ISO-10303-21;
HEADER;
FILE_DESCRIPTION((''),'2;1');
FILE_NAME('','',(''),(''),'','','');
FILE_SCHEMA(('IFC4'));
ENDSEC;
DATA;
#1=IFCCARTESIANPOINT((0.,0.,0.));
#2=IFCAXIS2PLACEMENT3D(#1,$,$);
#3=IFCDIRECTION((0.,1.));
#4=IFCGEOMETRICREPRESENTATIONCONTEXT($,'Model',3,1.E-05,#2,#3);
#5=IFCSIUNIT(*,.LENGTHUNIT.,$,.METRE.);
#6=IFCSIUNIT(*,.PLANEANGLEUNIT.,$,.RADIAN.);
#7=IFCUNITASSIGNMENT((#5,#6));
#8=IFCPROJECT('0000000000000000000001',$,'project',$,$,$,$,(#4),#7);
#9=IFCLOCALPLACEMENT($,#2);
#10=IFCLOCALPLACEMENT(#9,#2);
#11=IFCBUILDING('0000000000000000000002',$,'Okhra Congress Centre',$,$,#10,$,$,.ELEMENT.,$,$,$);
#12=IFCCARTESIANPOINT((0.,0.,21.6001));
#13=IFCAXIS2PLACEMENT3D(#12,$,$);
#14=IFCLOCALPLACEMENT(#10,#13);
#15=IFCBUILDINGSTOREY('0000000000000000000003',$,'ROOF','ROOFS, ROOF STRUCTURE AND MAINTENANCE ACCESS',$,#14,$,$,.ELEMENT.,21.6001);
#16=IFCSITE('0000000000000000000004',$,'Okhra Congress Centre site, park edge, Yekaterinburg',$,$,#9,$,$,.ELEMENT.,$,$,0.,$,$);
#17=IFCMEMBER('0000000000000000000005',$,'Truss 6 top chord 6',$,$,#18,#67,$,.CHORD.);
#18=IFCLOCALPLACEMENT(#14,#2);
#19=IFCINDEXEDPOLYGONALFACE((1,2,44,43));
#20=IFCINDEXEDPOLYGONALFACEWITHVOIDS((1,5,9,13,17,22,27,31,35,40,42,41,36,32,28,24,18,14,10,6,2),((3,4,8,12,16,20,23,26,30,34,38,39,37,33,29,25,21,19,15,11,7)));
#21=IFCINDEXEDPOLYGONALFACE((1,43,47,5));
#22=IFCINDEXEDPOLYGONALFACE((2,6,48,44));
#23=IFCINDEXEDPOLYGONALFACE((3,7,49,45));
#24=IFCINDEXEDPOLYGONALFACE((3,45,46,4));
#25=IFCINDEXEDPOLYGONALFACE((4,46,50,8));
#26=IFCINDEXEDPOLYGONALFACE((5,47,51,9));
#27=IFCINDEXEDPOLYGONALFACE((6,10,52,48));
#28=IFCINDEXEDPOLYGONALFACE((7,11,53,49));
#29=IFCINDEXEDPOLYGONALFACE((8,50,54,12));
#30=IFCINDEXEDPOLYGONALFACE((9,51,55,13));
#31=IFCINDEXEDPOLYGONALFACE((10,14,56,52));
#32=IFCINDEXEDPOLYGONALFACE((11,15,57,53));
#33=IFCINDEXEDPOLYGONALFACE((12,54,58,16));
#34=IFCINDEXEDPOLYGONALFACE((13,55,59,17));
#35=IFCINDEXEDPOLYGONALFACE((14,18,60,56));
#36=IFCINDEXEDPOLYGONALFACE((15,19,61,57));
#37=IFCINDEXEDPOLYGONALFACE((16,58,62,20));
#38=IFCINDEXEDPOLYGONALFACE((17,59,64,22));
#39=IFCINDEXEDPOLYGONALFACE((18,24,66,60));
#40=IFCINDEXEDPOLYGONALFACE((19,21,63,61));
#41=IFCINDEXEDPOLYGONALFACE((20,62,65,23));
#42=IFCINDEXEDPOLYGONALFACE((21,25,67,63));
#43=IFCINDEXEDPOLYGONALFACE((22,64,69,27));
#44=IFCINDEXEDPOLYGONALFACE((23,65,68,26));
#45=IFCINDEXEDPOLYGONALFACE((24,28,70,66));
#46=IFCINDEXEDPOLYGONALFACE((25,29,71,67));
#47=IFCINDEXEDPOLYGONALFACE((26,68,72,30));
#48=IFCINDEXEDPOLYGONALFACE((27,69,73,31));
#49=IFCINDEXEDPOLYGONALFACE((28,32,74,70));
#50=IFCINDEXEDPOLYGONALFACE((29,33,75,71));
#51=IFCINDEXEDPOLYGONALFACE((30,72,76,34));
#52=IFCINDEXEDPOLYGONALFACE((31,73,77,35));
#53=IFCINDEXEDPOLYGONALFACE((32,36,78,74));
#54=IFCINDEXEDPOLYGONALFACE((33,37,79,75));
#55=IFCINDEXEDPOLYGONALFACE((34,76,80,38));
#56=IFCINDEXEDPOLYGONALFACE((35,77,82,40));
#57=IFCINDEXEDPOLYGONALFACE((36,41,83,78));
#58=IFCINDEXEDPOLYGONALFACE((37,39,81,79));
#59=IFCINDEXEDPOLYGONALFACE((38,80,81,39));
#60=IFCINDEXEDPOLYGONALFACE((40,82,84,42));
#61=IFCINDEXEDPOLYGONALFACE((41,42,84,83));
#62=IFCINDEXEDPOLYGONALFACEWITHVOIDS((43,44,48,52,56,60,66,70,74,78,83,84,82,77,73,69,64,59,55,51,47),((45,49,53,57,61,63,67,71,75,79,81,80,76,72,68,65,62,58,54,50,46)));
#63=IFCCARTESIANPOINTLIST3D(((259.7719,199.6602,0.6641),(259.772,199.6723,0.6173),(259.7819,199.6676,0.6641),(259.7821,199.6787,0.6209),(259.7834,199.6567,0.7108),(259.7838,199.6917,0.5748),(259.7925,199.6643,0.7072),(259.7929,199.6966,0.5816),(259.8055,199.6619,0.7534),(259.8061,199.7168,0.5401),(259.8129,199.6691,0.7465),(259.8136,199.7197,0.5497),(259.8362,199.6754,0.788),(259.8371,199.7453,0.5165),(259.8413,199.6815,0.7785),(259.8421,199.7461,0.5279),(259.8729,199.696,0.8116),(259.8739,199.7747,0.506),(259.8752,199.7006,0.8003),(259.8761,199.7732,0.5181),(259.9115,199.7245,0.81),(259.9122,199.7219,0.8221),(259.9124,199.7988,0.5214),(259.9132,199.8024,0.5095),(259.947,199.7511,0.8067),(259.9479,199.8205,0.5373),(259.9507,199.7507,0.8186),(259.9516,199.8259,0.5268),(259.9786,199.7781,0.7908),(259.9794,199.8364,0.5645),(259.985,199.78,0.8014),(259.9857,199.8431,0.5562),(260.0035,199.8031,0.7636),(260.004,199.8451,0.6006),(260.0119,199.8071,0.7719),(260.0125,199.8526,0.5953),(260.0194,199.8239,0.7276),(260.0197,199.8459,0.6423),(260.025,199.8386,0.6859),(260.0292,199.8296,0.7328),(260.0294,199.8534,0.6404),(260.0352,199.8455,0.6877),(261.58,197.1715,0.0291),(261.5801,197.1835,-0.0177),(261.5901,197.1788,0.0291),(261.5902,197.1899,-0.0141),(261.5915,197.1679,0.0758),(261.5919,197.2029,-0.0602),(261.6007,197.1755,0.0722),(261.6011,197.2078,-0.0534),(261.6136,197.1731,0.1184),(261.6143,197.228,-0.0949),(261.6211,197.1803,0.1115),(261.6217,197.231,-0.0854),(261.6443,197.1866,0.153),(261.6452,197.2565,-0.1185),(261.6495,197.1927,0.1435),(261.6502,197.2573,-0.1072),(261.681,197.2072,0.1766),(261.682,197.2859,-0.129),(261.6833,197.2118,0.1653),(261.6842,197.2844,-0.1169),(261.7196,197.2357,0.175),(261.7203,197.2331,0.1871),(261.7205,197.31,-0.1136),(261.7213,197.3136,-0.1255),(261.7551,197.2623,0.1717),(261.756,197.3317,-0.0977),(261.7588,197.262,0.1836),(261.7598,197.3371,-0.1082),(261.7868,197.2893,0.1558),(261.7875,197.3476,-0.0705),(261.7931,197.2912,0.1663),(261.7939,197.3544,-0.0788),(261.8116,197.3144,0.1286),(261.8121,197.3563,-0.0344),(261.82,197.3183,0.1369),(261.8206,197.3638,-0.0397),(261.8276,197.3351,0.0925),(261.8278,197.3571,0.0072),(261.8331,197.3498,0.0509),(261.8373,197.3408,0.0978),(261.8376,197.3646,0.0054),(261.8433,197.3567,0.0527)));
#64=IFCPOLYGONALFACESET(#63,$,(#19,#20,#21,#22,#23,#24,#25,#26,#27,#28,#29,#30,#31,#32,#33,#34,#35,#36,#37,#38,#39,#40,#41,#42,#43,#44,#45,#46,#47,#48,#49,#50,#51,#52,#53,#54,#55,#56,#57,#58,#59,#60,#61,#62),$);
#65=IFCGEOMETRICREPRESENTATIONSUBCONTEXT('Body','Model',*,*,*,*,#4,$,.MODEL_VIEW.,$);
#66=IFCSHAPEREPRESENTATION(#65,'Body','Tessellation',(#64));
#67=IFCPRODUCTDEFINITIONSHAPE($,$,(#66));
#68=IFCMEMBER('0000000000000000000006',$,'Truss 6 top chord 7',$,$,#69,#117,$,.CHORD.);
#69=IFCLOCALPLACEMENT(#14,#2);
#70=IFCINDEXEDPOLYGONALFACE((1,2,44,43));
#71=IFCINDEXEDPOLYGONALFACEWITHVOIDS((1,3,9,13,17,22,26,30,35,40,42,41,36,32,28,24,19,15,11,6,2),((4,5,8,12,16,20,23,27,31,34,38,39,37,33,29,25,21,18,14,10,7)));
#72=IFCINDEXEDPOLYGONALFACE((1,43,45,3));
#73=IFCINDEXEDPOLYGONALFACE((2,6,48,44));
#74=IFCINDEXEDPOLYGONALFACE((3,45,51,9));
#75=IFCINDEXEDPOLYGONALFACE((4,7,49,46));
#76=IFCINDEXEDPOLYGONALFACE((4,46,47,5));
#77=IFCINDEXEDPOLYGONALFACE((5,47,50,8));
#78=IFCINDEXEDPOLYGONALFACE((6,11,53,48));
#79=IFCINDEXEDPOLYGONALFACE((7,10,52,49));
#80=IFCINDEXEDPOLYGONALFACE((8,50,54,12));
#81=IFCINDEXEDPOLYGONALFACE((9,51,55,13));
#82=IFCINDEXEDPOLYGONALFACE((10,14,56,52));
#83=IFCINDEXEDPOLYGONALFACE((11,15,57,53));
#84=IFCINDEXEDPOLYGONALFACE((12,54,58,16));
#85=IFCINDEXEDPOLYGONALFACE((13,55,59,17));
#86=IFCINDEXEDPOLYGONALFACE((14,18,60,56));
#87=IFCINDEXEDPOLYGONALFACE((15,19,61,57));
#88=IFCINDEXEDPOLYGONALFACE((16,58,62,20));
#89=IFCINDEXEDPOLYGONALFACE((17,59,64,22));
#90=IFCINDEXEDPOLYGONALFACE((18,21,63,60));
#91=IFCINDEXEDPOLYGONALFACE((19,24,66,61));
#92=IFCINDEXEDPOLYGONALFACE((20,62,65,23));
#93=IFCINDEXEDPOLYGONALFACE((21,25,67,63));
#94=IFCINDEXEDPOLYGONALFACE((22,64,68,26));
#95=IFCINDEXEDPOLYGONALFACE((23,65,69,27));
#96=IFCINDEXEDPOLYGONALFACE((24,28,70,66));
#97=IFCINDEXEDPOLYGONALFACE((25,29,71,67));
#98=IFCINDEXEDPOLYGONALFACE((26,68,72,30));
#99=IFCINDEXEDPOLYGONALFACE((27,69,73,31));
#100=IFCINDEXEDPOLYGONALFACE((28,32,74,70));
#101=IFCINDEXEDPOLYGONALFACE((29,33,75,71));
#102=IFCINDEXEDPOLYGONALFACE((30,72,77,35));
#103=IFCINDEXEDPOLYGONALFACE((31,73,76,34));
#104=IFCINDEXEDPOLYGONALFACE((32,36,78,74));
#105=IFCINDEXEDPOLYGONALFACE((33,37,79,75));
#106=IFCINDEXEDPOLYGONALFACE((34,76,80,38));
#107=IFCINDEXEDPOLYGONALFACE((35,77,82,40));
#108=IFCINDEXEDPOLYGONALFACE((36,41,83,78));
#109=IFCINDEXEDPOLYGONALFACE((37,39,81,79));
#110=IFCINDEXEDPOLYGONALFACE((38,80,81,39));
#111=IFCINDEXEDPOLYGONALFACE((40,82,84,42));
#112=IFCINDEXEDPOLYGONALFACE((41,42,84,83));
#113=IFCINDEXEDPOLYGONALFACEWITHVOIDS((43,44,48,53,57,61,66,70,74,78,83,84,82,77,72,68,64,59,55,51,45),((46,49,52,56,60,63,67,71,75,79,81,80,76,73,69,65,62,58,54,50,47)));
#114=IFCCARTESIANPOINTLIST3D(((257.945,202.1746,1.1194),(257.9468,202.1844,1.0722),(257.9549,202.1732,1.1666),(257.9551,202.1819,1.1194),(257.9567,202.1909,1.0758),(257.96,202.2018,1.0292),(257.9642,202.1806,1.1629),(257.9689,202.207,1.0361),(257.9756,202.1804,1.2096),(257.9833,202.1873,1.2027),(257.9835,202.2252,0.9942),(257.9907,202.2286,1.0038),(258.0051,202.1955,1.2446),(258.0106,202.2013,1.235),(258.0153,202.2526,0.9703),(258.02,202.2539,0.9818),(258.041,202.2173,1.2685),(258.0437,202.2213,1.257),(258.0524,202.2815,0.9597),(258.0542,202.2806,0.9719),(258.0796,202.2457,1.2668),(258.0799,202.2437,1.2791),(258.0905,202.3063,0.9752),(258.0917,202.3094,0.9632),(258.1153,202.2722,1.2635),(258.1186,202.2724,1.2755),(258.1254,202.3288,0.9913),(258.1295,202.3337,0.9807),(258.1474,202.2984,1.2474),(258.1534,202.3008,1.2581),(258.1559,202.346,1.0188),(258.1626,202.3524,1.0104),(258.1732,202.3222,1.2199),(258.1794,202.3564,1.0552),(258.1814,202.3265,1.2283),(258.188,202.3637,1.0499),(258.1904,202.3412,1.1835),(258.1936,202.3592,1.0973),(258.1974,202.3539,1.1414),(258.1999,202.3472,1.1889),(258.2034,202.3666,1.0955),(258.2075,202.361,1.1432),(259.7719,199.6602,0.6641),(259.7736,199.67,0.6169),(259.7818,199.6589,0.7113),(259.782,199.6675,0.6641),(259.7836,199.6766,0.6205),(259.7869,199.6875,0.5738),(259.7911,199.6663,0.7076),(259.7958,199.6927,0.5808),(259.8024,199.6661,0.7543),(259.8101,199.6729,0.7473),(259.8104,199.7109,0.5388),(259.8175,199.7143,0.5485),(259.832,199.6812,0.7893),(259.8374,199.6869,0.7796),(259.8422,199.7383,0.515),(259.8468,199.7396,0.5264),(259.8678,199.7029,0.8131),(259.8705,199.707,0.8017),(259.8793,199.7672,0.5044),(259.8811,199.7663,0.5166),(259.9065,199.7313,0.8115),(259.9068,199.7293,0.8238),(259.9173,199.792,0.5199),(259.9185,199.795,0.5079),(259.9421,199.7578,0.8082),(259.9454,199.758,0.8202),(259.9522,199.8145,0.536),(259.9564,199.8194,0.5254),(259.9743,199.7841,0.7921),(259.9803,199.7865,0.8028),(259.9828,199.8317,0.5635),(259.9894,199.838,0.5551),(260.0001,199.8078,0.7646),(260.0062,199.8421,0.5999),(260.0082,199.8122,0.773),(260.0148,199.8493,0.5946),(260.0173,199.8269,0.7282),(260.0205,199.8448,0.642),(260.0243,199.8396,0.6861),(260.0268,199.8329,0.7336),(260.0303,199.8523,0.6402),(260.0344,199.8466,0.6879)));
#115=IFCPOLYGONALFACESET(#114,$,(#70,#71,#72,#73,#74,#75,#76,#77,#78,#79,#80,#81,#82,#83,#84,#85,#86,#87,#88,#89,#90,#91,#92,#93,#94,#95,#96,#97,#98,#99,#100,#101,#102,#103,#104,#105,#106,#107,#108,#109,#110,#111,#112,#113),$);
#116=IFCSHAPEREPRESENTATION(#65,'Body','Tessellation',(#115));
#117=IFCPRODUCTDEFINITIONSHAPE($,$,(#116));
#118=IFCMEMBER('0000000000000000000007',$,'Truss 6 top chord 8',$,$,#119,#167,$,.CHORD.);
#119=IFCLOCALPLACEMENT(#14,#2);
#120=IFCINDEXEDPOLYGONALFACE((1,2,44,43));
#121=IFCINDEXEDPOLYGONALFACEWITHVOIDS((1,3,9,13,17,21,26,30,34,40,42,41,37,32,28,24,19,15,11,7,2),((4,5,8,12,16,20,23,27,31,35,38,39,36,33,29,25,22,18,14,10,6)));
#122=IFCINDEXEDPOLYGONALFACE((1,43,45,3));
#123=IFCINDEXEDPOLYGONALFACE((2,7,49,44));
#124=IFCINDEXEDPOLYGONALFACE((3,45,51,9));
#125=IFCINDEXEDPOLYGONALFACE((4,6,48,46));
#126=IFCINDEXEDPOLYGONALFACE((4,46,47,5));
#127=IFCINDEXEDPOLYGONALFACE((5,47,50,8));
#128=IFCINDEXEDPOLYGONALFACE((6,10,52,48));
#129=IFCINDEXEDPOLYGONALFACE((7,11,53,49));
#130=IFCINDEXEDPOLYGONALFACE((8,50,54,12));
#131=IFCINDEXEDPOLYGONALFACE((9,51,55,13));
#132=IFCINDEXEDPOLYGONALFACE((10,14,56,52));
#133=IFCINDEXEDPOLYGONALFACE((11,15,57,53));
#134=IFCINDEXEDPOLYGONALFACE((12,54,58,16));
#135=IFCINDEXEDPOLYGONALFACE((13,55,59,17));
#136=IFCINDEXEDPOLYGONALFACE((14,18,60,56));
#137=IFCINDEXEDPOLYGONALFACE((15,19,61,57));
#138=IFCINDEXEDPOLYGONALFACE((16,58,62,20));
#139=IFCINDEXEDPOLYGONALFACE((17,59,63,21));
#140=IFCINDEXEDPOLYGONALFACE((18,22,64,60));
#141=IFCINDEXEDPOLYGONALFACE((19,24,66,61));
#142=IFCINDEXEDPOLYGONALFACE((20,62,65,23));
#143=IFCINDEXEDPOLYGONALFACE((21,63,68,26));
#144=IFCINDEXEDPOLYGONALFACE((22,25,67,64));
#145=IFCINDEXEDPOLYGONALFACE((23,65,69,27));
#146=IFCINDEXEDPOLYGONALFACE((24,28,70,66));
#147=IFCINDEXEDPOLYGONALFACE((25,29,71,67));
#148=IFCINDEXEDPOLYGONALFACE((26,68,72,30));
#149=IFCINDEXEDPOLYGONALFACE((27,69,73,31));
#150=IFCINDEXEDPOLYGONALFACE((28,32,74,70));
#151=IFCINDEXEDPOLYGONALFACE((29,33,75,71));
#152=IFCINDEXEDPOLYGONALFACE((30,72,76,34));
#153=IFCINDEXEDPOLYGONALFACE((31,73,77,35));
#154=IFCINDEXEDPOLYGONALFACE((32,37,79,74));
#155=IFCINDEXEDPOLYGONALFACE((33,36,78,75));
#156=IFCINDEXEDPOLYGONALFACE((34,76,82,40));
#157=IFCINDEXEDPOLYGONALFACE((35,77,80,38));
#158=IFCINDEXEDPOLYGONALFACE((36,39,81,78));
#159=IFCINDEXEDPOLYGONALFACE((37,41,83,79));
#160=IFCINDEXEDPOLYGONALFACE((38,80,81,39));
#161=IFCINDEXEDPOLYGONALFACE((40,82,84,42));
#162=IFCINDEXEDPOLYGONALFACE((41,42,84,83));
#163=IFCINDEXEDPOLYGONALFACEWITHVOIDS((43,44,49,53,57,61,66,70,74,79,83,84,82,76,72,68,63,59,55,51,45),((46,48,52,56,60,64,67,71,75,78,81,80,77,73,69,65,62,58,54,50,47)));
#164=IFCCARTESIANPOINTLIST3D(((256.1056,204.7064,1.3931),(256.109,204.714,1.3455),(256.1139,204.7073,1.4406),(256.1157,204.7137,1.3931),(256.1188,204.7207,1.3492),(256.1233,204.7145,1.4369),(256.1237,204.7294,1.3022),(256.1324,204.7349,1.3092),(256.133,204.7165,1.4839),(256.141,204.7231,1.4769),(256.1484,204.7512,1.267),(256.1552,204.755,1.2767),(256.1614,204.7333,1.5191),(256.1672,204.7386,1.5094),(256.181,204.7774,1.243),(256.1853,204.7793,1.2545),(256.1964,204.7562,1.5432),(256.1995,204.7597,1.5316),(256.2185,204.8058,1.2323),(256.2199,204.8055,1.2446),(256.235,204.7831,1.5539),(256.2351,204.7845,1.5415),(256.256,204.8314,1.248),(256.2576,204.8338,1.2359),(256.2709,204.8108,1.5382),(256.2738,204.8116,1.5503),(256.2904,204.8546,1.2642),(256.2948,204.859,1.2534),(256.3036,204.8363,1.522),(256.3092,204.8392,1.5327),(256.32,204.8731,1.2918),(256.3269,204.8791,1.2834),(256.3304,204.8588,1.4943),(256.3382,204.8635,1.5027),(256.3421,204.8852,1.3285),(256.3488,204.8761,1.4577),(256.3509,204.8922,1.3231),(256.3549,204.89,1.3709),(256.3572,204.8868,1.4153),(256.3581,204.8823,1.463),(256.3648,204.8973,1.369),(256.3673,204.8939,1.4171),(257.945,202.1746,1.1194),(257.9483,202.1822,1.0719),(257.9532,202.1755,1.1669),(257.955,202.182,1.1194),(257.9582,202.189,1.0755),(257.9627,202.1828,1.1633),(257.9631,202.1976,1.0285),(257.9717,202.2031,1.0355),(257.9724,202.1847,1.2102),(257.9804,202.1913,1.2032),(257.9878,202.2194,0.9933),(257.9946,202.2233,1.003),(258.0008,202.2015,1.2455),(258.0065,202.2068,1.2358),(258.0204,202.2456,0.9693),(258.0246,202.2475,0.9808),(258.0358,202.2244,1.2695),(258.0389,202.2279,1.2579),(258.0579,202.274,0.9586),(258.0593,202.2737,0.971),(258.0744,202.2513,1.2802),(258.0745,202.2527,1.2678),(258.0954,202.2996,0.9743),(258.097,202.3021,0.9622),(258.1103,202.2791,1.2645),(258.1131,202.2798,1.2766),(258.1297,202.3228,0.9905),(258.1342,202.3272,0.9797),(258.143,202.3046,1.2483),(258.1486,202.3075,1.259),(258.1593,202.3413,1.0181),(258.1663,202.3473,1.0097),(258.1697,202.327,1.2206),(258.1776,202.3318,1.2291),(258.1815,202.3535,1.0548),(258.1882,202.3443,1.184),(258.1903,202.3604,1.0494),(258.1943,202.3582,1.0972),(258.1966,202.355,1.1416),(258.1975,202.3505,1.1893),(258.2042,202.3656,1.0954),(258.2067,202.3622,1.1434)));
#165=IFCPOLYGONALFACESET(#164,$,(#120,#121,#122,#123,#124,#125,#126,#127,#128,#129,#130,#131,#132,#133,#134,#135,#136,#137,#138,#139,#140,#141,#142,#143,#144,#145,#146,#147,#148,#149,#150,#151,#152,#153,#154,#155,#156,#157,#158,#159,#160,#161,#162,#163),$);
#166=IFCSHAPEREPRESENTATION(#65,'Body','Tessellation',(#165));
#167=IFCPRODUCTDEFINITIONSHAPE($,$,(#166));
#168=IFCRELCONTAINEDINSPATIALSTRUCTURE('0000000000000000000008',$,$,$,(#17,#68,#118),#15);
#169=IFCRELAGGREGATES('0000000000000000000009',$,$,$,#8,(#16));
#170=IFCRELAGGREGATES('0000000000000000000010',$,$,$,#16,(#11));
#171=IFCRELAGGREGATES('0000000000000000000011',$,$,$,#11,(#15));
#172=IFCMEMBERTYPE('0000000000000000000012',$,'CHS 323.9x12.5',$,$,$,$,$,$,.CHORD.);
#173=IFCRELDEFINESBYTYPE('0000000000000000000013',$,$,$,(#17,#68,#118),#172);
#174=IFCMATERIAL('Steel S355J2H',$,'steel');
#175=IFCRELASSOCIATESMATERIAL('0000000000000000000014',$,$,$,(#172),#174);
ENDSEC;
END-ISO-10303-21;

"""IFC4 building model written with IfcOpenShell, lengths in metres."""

from ifc_helpers import new_model, si_unit, direction, frame, origin, origin_2d, place, context, subcontext, project, spatial, hollow_circle, extrude, material, material_profile, profile_set, type_object, element, save


model = new_model("IFC4")

# Units and contexts
model_context = context("Model", 3, precision=1e-05, world=origin(), true_north=direction((0.0, 1.0)))
body_context = subcontext(model_context, "Body", "Model", "MODEL_VIEW")
ifc_project = project(units=[si_unit("LENGTHUNIT", "METRE"), si_unit("PLANEANGLEUNIT", "RADIAN")], contexts=[model_context])

# Site, building, storey
site_placement = place(None, origin())
site = spatial("IfcSite", under=ifc_project, at=site_placement, Name="Okhra Congress Centre site, park edge, Yekaterinburg", CompositionType="ELEMENT", RefElevation=0.0)
building_placement = place(site_placement, origin())
building = spatial("IfcBuilding", under=site, at=building_placement, Name="Okhra Congress Centre", CompositionType="ELEMENT")
storey_placement = place(building_placement, frame((0.0, 0.0, 21.6001)))
storey = spatial("IfcBuildingStorey", under=building, at=storey_placement, Name="ROOF", Description="ROOFS, ROOF STRUCTURE AND MAINTENANCE ACCESS", CompositionType="ELEMENT", Elevation=21.6001)

# Members
ifc_material_1 = material(Name="Steel S355J2H", Category="steel")
ifc_material_profile_1 = material_profile(ifc_material_1, hollow_circle(Radius=0.1619, WallThickness=0.0125, at=origin_2d()), Name="CHS 323.9x12.5")
ifc_profile_set_1 = profile_set([ifc_material_profile_1], Name="Steel S355J2H")
member_type_1 = type_object("IfcMemberType", Name="CHS 323.9x12.5", PredefinedType="CHORD", material=ifc_profile_set_1)
for number, where, z_axis, x_axis, name in (
    (1, (261.7109, 197.2666, 0.0291), (-0.57563, 0.792326, 0.202162), (-0.809031, -0.587766, 0.0), "Truss 6 top chord 6"),
    (2, (259.9028, 199.7554, 0.6641), (-0.581595, 0.80046, 0.144952), (-0.809004, -0.587803, 0.0), "Truss 6 top chord 7"),
):
    element("IfcMember", number, at=place(storey_placement, frame(where, z_axis=z_axis, x_axis=x_axis)), inside=storey, type_object=member_type_1, Name=name, PredefinedType="CHORD", context=body_context, shape_type="SweptSolid", body=[
        extrude(hollow_circle(Radius=0.1619, WallThickness=0.0125, at=origin_2d()), origin(), (0.0, 0.0, 1.0), 3.1411),
    ])
member_1_placement = place(storey_placement, frame((258.0759, 202.2698, 1.1194), z_axis=(-0.585538, 0.80595, 0.087123), x_axis=(-0.809026, -0.587773, 0.0)))
element("IfcMember", 3, at=member_1_placement, inside=storey, type_object=member_type_1, Name="Truss 6 top chord 8", PredefinedType="CHORD", context=body_context, shape_type="SweptSolid", body=[
    extrude(hollow_circle(Radius=0.1619, WallThickness=0.0125, at=origin_2d()), origin(), (0.0, 0.0, 1.0), 3.1414),
])

save(model, "model.ifc")
